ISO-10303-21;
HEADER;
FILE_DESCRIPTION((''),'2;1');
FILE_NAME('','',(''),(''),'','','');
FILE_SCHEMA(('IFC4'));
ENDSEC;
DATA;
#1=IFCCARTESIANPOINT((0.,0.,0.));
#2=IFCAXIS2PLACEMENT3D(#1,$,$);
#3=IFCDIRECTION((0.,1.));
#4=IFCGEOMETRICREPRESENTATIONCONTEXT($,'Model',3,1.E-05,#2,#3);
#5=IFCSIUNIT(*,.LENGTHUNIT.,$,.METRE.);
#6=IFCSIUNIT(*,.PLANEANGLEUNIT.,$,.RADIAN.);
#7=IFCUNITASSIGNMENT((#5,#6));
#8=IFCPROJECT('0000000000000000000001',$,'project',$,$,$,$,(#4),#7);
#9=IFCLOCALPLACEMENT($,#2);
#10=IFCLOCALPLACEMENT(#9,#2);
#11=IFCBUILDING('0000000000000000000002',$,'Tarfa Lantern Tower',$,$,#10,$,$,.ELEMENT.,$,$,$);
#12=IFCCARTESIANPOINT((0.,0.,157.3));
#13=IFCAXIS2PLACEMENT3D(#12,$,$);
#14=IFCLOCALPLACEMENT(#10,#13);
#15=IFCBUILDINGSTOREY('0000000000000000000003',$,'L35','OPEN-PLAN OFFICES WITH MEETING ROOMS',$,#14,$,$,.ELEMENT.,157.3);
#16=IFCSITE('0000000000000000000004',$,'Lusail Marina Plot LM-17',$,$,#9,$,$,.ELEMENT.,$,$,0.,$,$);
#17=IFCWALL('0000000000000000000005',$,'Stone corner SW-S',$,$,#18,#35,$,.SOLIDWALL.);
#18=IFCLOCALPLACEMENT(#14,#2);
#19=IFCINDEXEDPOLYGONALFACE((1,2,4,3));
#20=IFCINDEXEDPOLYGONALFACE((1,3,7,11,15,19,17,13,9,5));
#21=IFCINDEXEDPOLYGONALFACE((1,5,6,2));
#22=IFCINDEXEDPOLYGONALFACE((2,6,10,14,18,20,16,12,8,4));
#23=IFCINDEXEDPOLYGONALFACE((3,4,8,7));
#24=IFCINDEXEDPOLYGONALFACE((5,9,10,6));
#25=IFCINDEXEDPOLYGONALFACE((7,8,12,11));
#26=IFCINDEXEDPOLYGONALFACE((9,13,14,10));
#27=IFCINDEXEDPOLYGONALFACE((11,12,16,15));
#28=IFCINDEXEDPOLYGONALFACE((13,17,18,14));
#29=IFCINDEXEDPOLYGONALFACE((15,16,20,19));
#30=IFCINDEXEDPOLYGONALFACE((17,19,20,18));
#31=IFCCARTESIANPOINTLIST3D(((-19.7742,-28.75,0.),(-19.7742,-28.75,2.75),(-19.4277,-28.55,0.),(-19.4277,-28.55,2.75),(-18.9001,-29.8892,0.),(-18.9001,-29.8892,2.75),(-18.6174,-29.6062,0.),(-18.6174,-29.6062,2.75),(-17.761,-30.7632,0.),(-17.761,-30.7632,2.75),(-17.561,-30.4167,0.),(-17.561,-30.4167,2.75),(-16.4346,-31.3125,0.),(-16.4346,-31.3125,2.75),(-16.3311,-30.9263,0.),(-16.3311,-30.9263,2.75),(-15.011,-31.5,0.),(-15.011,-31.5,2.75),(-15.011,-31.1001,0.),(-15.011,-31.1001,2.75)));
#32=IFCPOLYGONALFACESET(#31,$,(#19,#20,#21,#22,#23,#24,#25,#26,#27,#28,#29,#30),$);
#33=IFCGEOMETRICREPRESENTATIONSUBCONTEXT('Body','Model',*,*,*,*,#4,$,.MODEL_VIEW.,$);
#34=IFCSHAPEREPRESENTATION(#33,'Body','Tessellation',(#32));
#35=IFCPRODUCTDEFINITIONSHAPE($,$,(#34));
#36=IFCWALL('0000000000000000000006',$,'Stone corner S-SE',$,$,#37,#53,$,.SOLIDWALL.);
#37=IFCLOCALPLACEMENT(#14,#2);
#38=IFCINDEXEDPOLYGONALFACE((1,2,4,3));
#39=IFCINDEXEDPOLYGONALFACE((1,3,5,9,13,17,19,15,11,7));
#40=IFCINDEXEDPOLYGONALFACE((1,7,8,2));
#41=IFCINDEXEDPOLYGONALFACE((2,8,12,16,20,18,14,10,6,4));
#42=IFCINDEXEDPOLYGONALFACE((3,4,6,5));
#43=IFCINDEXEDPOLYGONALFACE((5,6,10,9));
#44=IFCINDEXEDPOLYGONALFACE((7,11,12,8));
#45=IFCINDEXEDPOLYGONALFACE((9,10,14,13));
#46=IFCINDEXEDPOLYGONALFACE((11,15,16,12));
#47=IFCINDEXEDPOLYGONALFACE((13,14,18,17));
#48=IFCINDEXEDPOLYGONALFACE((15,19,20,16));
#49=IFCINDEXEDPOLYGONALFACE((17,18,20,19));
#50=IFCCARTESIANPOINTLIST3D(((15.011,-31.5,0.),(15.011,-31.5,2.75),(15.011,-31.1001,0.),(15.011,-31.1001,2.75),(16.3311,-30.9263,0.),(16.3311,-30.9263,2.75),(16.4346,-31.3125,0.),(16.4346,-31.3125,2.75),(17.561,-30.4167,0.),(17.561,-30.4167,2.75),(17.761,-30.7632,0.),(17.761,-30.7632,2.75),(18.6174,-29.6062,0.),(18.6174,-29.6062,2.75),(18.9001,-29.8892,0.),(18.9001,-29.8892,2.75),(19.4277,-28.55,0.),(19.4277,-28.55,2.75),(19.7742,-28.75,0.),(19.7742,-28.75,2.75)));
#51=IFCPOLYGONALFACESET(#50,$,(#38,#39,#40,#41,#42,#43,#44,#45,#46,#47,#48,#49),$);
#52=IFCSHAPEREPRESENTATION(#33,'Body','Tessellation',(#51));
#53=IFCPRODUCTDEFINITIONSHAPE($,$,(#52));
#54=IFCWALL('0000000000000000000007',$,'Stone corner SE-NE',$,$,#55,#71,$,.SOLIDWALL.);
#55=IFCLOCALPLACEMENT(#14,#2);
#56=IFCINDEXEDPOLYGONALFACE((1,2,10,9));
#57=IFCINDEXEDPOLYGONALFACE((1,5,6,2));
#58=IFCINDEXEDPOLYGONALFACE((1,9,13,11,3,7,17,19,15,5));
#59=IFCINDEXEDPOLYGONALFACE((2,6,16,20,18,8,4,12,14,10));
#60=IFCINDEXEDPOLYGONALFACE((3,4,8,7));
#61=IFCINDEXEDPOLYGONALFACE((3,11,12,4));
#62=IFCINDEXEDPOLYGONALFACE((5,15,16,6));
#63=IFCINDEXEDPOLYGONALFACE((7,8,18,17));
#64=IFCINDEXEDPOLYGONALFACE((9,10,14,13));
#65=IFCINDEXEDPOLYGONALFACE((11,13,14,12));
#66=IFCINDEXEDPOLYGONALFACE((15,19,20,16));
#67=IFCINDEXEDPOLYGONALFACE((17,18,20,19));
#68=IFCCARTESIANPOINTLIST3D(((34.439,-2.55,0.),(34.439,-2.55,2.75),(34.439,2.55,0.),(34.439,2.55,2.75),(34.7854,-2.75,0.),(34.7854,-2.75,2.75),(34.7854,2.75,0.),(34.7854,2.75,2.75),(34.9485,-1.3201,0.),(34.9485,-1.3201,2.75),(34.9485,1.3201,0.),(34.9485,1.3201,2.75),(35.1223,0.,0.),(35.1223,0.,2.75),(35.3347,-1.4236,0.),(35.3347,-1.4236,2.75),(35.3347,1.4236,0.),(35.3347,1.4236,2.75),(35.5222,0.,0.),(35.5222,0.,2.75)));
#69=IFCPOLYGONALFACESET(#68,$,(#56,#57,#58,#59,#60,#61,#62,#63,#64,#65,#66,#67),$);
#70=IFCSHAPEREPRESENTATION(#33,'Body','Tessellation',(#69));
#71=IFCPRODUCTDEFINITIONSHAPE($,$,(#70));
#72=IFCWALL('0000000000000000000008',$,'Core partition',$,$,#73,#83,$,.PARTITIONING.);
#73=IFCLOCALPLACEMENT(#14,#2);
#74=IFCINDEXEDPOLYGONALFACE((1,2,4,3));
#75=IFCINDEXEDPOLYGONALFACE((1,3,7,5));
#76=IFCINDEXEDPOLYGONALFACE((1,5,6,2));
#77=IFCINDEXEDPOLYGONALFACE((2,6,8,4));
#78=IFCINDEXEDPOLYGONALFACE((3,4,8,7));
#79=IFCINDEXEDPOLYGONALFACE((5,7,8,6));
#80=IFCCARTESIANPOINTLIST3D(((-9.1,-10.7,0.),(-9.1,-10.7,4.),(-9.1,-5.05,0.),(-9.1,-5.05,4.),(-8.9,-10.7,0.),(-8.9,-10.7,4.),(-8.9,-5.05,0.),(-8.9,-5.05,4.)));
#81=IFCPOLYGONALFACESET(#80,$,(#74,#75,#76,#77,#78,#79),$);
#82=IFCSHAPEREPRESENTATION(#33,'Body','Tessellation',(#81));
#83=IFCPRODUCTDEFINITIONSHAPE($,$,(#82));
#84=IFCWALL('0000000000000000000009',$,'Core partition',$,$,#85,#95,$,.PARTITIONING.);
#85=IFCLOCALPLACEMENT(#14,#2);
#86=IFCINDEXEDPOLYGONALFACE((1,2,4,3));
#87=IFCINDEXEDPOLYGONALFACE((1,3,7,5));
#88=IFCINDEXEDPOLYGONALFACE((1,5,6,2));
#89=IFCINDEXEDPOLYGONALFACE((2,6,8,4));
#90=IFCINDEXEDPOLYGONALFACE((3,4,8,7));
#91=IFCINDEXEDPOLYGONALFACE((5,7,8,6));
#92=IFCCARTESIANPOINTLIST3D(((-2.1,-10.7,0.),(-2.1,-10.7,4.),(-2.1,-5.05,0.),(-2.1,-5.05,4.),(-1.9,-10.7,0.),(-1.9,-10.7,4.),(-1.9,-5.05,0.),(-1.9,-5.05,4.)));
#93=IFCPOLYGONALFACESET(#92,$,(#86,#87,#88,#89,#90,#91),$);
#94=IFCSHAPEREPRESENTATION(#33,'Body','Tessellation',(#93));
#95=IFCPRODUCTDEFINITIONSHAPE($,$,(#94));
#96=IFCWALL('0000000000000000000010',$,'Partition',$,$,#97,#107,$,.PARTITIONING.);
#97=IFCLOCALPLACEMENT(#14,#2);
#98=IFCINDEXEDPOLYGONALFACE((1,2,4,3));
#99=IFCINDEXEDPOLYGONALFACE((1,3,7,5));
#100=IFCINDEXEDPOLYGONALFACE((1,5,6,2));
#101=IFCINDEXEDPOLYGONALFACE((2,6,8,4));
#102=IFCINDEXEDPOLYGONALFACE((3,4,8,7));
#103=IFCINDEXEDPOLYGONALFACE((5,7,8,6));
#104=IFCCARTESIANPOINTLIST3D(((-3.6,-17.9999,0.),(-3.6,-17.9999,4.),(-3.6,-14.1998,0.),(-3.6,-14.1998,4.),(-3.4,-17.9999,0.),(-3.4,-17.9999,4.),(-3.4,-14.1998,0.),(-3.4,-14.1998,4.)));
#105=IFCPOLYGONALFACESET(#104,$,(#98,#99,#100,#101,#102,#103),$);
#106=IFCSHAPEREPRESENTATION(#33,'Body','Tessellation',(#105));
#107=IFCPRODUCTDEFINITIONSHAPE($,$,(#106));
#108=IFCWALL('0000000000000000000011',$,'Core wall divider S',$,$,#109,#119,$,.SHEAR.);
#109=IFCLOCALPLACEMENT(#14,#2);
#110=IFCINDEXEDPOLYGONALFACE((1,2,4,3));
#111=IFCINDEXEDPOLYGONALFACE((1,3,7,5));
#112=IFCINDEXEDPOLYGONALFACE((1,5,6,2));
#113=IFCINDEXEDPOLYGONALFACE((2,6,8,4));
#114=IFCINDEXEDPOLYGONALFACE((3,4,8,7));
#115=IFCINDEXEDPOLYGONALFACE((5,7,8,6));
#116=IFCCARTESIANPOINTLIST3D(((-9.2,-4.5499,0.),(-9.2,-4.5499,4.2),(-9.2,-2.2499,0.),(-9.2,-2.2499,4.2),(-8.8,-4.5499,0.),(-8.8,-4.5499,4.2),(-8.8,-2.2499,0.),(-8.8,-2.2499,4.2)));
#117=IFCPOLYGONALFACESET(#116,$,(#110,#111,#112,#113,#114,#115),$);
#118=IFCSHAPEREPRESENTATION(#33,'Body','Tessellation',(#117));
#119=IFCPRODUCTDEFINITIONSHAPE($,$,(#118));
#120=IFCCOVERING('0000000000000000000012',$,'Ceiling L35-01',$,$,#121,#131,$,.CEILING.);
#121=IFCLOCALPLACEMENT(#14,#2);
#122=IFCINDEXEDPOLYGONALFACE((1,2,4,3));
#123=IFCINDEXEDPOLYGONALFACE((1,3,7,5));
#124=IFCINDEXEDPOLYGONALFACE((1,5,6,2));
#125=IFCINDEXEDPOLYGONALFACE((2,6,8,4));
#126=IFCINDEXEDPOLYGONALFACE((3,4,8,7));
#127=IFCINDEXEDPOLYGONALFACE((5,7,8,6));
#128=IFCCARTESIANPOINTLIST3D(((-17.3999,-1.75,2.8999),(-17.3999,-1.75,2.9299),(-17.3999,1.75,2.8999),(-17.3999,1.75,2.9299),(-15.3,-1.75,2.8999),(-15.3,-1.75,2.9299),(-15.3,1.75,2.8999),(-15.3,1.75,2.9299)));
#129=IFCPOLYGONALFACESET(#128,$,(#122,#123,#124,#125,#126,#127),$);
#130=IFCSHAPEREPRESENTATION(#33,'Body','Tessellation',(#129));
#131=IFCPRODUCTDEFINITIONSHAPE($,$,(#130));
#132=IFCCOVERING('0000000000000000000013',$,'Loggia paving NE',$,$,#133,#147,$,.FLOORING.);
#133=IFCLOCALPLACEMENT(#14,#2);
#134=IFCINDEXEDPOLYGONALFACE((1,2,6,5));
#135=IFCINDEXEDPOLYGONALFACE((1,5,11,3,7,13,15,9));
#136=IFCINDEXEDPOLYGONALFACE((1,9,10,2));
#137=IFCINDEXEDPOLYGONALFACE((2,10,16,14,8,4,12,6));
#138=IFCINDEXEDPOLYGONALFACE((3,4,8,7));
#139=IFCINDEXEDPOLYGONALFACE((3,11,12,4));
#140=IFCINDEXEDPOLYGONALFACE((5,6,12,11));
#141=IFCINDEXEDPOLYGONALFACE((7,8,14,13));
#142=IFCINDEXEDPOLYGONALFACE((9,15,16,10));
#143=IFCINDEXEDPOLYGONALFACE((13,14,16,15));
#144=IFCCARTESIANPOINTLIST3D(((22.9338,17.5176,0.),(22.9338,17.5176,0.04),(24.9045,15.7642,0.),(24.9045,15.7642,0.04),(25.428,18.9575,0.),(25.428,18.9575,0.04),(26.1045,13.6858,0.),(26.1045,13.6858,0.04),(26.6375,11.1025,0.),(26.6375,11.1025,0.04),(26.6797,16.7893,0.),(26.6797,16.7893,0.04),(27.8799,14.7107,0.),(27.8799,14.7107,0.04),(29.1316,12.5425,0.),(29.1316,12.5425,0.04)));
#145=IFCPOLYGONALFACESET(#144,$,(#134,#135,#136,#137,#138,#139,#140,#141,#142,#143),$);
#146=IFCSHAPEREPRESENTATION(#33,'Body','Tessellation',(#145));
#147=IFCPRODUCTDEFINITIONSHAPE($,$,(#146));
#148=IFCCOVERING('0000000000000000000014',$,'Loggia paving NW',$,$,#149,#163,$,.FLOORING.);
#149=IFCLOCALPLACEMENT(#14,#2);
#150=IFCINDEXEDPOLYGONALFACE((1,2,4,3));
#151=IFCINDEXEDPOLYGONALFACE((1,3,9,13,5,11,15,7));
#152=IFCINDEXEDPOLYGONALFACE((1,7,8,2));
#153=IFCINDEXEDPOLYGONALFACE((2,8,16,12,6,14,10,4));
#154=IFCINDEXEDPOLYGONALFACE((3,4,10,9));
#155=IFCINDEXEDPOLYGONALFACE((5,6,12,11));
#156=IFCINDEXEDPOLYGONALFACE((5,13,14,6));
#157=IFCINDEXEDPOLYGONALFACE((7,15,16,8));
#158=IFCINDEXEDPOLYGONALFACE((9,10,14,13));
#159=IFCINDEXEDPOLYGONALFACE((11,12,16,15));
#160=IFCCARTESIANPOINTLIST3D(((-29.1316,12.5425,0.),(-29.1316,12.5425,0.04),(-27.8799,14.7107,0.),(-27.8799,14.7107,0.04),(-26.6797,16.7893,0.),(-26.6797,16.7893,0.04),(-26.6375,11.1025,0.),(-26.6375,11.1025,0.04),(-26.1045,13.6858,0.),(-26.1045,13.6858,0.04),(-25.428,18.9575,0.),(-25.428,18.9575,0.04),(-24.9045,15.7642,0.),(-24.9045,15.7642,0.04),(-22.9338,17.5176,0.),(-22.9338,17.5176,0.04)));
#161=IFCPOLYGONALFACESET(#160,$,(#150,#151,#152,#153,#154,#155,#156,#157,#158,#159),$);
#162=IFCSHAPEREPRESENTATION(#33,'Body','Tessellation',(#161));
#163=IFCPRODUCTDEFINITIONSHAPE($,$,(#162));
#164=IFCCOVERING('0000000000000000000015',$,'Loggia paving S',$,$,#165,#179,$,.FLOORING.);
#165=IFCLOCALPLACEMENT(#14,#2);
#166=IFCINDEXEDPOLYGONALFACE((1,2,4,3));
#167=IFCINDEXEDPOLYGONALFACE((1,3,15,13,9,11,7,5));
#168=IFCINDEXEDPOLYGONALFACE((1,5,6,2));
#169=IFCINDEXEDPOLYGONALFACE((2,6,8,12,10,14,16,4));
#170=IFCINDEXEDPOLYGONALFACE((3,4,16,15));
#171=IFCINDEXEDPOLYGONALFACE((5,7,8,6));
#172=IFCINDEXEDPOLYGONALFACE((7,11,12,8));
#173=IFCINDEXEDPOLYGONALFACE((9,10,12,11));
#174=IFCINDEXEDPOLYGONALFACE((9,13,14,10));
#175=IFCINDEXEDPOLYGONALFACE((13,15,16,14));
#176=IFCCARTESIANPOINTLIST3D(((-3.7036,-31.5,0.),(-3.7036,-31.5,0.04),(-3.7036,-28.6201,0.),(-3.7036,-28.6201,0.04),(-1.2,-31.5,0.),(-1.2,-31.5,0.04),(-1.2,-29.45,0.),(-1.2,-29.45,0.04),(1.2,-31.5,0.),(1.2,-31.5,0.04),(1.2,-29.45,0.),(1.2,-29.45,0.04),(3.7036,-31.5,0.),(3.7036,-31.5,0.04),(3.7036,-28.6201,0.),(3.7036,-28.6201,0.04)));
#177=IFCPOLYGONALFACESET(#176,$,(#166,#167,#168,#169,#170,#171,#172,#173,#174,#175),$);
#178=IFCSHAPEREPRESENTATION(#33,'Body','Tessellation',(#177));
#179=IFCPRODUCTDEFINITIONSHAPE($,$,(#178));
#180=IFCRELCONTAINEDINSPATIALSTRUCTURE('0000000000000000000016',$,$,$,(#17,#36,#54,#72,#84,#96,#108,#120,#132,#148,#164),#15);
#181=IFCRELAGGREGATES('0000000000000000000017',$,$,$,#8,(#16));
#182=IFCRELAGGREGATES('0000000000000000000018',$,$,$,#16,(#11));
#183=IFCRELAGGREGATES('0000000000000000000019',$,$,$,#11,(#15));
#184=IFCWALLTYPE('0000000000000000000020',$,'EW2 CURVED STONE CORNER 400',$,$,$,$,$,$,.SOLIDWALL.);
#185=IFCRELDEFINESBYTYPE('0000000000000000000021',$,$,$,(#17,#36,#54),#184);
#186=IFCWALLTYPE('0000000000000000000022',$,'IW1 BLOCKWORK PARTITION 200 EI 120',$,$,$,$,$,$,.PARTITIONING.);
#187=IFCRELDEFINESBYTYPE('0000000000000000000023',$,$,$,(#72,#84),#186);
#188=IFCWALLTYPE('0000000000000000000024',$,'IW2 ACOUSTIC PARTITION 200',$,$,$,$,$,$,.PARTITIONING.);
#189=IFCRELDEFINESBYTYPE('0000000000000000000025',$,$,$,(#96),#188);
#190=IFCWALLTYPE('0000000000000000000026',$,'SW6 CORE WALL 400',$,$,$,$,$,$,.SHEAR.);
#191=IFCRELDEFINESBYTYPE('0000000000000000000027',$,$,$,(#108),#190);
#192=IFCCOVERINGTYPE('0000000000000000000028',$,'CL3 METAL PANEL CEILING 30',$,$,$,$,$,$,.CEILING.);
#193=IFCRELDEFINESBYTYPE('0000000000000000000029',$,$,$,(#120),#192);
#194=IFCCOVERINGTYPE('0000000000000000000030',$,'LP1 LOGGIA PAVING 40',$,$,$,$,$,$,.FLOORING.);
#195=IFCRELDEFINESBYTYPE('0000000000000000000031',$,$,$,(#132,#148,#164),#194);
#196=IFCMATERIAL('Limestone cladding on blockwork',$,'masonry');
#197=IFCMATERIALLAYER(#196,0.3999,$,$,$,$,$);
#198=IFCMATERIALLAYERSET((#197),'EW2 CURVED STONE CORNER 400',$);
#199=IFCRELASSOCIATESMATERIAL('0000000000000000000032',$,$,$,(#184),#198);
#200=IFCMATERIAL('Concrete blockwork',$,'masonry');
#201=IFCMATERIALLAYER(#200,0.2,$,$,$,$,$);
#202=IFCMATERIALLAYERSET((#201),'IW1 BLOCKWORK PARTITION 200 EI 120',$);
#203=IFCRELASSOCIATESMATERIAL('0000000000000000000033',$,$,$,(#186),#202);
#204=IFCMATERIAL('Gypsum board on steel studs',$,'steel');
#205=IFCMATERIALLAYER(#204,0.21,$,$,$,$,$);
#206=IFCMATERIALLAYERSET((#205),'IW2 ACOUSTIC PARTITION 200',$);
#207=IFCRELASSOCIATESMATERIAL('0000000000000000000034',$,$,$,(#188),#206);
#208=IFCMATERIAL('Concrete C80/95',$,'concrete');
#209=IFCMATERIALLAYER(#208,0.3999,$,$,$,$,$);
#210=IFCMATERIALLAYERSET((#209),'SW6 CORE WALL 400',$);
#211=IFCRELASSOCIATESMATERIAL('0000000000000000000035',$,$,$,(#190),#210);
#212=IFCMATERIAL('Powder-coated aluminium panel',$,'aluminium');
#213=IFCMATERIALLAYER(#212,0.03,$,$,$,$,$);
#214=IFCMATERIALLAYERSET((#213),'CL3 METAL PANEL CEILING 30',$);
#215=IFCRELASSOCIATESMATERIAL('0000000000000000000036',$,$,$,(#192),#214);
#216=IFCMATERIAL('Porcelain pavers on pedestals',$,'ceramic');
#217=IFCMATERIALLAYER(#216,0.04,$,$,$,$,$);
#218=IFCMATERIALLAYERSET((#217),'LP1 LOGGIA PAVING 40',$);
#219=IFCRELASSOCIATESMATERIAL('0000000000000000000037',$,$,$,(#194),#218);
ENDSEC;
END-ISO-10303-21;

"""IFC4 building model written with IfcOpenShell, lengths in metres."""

from ifc_helpers import new_model, si_unit, direction, frame, frame_2d, origin, place, context, subcontext, project, spatial, polyline, rectangle, outline, extrude, material, layer, layer_set, type_object, element, save


model = new_model("IFC4")

# Units and contexts
model_context = context("Model", 3, precision=1e-05, world=origin(), true_north=direction((0.0, 1.0)))
body_context = subcontext(model_context, "Body", "Model", "MODEL_VIEW")
ifc_project = project(units=[si_unit("LENGTHUNIT", "METRE"), si_unit("PLANEANGLEUNIT", "RADIAN")], contexts=[model_context])

# Site, building, storey
site_placement = place(None, origin())
site = spatial("IfcSite", under=ifc_project, at=site_placement, Name="Lusail Marina Plot LM-17", CompositionType="ELEMENT", RefElevation=0.0)
building_placement = place(site_placement, origin())
building = spatial("IfcBuilding", under=site, at=building_placement, Name="Tarfa Lantern Tower", CompositionType="ELEMENT")
storey_placement = place(building_placement, frame((0.0, 0.0, 157.3)))
storey = spatial("IfcBuildingStorey", under=building, at=storey_placement, Name="L35", Description="OPEN-PLAN OFFICES WITH MEETING ROOMS", CompositionType="ELEMENT", Elevation=157.3)

# Walls
ifc_material_1 = material(Name="Limestone cladding on blockwork", Category="masonry")
ifc_layer_1 = layer(ifc_material_1, 0.3999)
ifc_layer_set_1 = layer_set([ifc_layer_1], Name="EW2 CURVED STONE CORNER 400")
wall_type_1 = type_object("IfcWallType", Name="EW2 CURVED STONE CORNER 400", PredefinedType="SOLIDWALL", material=ifc_layer_set_1)
wall_1_placement = place(storey_placement, origin())
element("IfcWall", 1, at=wall_1_placement, inside=storey, type_object=wall_type_1, Name="Stone corner SW-S", PredefinedType="SOLIDWALL", context=body_context, shape_type="SweptSolid", body=[
    extrude(outline(polyline([(-19.7742, -28.75), (-18.9001, -29.8892), (-17.761, -30.7632), (-16.4346, -31.3125), (-15.011, -31.5), (-15.011, -31.1001), (-16.3311, -30.9263), (-17.561, -30.4167), (-18.6174, -29.6062), (-19.4277, -28.55), (-19.7742, -28.75)])), origin(), (0.0, 0.0, 1.0), 2.75),
])
wall_2_placement = place(storey_placement, origin())
element("IfcWall", 2, at=wall_2_placement, inside=storey, type_object=wall_type_1, Name="Stone corner S-SE", PredefinedType="SOLIDWALL", context=body_context, shape_type="SweptSolid", body=[
    extrude(outline(polyline([(15.011, -31.5), (16.4346, -31.3125), (17.761, -30.7632), (18.9001, -29.8892), (19.7742, -28.75), (19.4277, -28.55), (18.6174, -29.6062), (17.561, -30.4167), (16.3311, -30.9263), (15.011, -31.1001), (15.011, -31.5)])), origin(), (0.0, 0.0, 1.0), 2.75),
])
wall_3_placement = place(storey_placement, origin())
element("IfcWall", 3, at=wall_3_placement, inside=storey, type_object=wall_type_1, Name="Stone corner SE-NE", PredefinedType="SOLIDWALL", context=body_context, shape_type="SweptSolid", body=[
    extrude(outline(polyline([(34.7854, -2.75), (35.3347, -1.4236), (35.5222, 0.0), (35.3347, 1.4236), (34.7854, 2.75), (34.439, 2.55), (34.9485, 1.3201), (35.1223, 0.0), (34.9485, -1.3201), (34.439, -2.55), (34.7854, -2.75)])), origin(), (0.0, 0.0, 1.0), 2.75),
])
ifc_material_2 = material(Name="Concrete blockwork", Category="masonry")
ifc_layer_2 = layer(ifc_material_2, 0.2)
ifc_layer_set_2 = layer_set([ifc_layer_2], Name="IW1 BLOCKWORK PARTITION 200 EI 120")
wall_type_2 = type_object("IfcWallType", Name="IW1 BLOCKWORK PARTITION 200 EI 120", PredefinedType="PARTITIONING", material=ifc_layer_set_2)
for number, where, z_axis, x_axis, name in (
    (4, (-9.0, -5.05, 0.0), (0.0, 0.0, 1.0), (0.0, -1.0, 0.0), "Core partition"),
    (5, (-2.0, -5.05, 0.0), (0.0, 0.0, 1.0), (0.0, -1.0, 0.0), "Core partition"),
):
    element("IfcWall", number, at=place(storey_placement, frame(where, z_axis=z_axis, x_axis=x_axis)), inside=storey, type_object=wall_type_2, Name=name, PredefinedType="PARTITIONING", context=body_context, shape_type="SweptSolid", body=[
        extrude(rectangle(XDim=5.6499, YDim=0.2, at=frame_2d((2.825, 0.0))), origin(), (0.0, 0.0, 1.0), 4.0),
    ])
ifc_material_3 = material(Name="Gypsum board on steel studs", Category="steel")
ifc_layer_3 = layer(ifc_material_3, 0.21)
ifc_layer_set_3 = layer_set([ifc_layer_3], Name="IW2 ACOUSTIC PARTITION 200")
wall_type_3 = type_object("IfcWallType", Name="IW2 ACOUSTIC PARTITION 200", PredefinedType="PARTITIONING", material=ifc_layer_set_3)
wall_4_placement = place(storey_placement, frame((-3.5, -14.2, 0.0), z_axis=(0.0, 0.0, 1.0), x_axis=(0.0, -1.0, 0.0)))
element("IfcWall", 6, at=wall_4_placement, inside=storey, type_object=wall_type_3, Name="Partition", PredefinedType="PARTITIONING", context=body_context, shape_type="SweptSolid", body=[
    extrude(rectangle(XDim=3.8, YDim=0.2, at=frame_2d((1.8999, 0.0))), origin(), (0.0, 0.0, 1.0), 4.0),
])
ifc_material_4 = material(Name="Concrete C80/95", Category="concrete")
ifc_layer_4 = layer(ifc_material_4, 0.3999)
ifc_layer_set_4 = layer_set([ifc_layer_4], Name="SW6 CORE WALL 400")
wall_type_4 = type_object("IfcWallType", Name="SW6 CORE WALL 400", PredefinedType="SHEAR", material=ifc_layer_set_4)
wall_5_placement = place(storey_placement, frame((-9.0, -2.25, 0.0), z_axis=(0.0, 0.0, 1.0), x_axis=(0.0, -1.0, 0.0)))
element("IfcWall", 7, at=wall_5_placement, inside=storey, type_object=wall_type_4, Name="Core wall divider S", PredefinedType="SHEAR", context=body_context, shape_type="SweptSolid", body=[
    extrude(rectangle(XDim=2.3, YDim=0.3999, at=frame_2d((1.1499, 0.0))), origin(), (0.0, 0.0, 1.0), 4.2),
])

# Coverings
ifc_material_5 = material(Name="Powder-coated aluminium panel", Category="aluminium")
ifc_layer_5 = layer(ifc_material_5, 0.03)
ifc_layer_set_5 = layer_set([ifc_layer_5], Name="CL3 METAL PANEL CEILING 30")
covering_type_1 = type_object("IfcCoveringType", Name="CL3 METAL PANEL CEILING 30", PredefinedType="CEILING", material=ifc_layer_set_5)
covering_1_placement = place(storey_placement, frame((0.0, 0.0, 2.8999)))
element("IfcCovering", 8, at=covering_1_placement, inside=storey, type_object=covering_type_1, Name="Ceiling L35-01", PredefinedType="CEILING", context=body_context, shape_type="SweptSolid", body=[
    extrude(outline(polyline([(-17.3999, -1.75), (-15.3, -1.75), (-15.3, 1.75), (-17.3999, 1.75), (-17.3999, -1.75)])), origin(), (0.0, 0.0, 1.0), 0.03),
])
ifc_material_6 = material(Name="Porcelain pavers on pedestals", Category="ceramic")
ifc_layer_6 = layer(ifc_material_6, 0.04)
ifc_layer_set_6 = layer_set([ifc_layer_6], Name="LP1 LOGGIA PAVING 40")
covering_type_2 = type_object("IfcCoveringType", Name="LP1 LOGGIA PAVING 40", PredefinedType="FLOORING", material=ifc_layer_set_6)
covering_2_placement = place(storey_placement, origin())
element("IfcCovering", 9, at=covering_2_placement, inside=storey, type_object=covering_type_2, Name="Loggia paving NE", PredefinedType="FLOORING", context=body_context, shape_type="SweptSolid", body=[
    extrude(outline(polyline([(29.1316, 12.5425), (26.6375, 11.1025), (22.9338, 17.5176), (25.428, 18.9575), (26.6797, 16.7893), (24.9045, 15.7642), (26.1045, 13.6858), (27.8799, 14.7107), (29.1316, 12.5425)])), origin(), (0.0, 0.0, 1.0), 0.04),
])
covering_3_placement = place(storey_placement, origin())
element("IfcCovering", 10, at=covering_3_placement, inside=storey, type_object=covering_type_2, Name="Loggia paving NW", PredefinedType="FLOORING", context=body_context, shape_type="SweptSolid", body=[
    extrude(outline(polyline([(-25.428, 18.9575), (-22.9338, 17.5176), (-26.6375, 11.1025), (-29.1316, 12.5425), (-27.8799, 14.7107), (-26.1045, 13.6858), (-24.9045, 15.7642), (-26.6797, 16.7893), (-25.428, 18.9575)])), origin(), (0.0, 0.0, 1.0), 0.04),
])
covering_4_placement = place(storey_placement, origin())
element("IfcCovering", 11, at=covering_4_placement, inside=storey, type_object=covering_type_2, Name="Loggia paving S", PredefinedType="FLOORING", context=body_context, shape_type="SweptSolid", body=[
    extrude(outline(polyline([(-3.7036, -31.5), (-3.7036, -28.6201), (3.7036, -28.6201), (3.7036, -31.5), (1.2, -31.5), (1.2, -29.45), (-1.2, -29.45), (-1.2, -31.5), (-3.7036, -31.5)])), origin(), (0.0, 0.0, 1.0), 0.04),
])

save(model, "model.ifc")
